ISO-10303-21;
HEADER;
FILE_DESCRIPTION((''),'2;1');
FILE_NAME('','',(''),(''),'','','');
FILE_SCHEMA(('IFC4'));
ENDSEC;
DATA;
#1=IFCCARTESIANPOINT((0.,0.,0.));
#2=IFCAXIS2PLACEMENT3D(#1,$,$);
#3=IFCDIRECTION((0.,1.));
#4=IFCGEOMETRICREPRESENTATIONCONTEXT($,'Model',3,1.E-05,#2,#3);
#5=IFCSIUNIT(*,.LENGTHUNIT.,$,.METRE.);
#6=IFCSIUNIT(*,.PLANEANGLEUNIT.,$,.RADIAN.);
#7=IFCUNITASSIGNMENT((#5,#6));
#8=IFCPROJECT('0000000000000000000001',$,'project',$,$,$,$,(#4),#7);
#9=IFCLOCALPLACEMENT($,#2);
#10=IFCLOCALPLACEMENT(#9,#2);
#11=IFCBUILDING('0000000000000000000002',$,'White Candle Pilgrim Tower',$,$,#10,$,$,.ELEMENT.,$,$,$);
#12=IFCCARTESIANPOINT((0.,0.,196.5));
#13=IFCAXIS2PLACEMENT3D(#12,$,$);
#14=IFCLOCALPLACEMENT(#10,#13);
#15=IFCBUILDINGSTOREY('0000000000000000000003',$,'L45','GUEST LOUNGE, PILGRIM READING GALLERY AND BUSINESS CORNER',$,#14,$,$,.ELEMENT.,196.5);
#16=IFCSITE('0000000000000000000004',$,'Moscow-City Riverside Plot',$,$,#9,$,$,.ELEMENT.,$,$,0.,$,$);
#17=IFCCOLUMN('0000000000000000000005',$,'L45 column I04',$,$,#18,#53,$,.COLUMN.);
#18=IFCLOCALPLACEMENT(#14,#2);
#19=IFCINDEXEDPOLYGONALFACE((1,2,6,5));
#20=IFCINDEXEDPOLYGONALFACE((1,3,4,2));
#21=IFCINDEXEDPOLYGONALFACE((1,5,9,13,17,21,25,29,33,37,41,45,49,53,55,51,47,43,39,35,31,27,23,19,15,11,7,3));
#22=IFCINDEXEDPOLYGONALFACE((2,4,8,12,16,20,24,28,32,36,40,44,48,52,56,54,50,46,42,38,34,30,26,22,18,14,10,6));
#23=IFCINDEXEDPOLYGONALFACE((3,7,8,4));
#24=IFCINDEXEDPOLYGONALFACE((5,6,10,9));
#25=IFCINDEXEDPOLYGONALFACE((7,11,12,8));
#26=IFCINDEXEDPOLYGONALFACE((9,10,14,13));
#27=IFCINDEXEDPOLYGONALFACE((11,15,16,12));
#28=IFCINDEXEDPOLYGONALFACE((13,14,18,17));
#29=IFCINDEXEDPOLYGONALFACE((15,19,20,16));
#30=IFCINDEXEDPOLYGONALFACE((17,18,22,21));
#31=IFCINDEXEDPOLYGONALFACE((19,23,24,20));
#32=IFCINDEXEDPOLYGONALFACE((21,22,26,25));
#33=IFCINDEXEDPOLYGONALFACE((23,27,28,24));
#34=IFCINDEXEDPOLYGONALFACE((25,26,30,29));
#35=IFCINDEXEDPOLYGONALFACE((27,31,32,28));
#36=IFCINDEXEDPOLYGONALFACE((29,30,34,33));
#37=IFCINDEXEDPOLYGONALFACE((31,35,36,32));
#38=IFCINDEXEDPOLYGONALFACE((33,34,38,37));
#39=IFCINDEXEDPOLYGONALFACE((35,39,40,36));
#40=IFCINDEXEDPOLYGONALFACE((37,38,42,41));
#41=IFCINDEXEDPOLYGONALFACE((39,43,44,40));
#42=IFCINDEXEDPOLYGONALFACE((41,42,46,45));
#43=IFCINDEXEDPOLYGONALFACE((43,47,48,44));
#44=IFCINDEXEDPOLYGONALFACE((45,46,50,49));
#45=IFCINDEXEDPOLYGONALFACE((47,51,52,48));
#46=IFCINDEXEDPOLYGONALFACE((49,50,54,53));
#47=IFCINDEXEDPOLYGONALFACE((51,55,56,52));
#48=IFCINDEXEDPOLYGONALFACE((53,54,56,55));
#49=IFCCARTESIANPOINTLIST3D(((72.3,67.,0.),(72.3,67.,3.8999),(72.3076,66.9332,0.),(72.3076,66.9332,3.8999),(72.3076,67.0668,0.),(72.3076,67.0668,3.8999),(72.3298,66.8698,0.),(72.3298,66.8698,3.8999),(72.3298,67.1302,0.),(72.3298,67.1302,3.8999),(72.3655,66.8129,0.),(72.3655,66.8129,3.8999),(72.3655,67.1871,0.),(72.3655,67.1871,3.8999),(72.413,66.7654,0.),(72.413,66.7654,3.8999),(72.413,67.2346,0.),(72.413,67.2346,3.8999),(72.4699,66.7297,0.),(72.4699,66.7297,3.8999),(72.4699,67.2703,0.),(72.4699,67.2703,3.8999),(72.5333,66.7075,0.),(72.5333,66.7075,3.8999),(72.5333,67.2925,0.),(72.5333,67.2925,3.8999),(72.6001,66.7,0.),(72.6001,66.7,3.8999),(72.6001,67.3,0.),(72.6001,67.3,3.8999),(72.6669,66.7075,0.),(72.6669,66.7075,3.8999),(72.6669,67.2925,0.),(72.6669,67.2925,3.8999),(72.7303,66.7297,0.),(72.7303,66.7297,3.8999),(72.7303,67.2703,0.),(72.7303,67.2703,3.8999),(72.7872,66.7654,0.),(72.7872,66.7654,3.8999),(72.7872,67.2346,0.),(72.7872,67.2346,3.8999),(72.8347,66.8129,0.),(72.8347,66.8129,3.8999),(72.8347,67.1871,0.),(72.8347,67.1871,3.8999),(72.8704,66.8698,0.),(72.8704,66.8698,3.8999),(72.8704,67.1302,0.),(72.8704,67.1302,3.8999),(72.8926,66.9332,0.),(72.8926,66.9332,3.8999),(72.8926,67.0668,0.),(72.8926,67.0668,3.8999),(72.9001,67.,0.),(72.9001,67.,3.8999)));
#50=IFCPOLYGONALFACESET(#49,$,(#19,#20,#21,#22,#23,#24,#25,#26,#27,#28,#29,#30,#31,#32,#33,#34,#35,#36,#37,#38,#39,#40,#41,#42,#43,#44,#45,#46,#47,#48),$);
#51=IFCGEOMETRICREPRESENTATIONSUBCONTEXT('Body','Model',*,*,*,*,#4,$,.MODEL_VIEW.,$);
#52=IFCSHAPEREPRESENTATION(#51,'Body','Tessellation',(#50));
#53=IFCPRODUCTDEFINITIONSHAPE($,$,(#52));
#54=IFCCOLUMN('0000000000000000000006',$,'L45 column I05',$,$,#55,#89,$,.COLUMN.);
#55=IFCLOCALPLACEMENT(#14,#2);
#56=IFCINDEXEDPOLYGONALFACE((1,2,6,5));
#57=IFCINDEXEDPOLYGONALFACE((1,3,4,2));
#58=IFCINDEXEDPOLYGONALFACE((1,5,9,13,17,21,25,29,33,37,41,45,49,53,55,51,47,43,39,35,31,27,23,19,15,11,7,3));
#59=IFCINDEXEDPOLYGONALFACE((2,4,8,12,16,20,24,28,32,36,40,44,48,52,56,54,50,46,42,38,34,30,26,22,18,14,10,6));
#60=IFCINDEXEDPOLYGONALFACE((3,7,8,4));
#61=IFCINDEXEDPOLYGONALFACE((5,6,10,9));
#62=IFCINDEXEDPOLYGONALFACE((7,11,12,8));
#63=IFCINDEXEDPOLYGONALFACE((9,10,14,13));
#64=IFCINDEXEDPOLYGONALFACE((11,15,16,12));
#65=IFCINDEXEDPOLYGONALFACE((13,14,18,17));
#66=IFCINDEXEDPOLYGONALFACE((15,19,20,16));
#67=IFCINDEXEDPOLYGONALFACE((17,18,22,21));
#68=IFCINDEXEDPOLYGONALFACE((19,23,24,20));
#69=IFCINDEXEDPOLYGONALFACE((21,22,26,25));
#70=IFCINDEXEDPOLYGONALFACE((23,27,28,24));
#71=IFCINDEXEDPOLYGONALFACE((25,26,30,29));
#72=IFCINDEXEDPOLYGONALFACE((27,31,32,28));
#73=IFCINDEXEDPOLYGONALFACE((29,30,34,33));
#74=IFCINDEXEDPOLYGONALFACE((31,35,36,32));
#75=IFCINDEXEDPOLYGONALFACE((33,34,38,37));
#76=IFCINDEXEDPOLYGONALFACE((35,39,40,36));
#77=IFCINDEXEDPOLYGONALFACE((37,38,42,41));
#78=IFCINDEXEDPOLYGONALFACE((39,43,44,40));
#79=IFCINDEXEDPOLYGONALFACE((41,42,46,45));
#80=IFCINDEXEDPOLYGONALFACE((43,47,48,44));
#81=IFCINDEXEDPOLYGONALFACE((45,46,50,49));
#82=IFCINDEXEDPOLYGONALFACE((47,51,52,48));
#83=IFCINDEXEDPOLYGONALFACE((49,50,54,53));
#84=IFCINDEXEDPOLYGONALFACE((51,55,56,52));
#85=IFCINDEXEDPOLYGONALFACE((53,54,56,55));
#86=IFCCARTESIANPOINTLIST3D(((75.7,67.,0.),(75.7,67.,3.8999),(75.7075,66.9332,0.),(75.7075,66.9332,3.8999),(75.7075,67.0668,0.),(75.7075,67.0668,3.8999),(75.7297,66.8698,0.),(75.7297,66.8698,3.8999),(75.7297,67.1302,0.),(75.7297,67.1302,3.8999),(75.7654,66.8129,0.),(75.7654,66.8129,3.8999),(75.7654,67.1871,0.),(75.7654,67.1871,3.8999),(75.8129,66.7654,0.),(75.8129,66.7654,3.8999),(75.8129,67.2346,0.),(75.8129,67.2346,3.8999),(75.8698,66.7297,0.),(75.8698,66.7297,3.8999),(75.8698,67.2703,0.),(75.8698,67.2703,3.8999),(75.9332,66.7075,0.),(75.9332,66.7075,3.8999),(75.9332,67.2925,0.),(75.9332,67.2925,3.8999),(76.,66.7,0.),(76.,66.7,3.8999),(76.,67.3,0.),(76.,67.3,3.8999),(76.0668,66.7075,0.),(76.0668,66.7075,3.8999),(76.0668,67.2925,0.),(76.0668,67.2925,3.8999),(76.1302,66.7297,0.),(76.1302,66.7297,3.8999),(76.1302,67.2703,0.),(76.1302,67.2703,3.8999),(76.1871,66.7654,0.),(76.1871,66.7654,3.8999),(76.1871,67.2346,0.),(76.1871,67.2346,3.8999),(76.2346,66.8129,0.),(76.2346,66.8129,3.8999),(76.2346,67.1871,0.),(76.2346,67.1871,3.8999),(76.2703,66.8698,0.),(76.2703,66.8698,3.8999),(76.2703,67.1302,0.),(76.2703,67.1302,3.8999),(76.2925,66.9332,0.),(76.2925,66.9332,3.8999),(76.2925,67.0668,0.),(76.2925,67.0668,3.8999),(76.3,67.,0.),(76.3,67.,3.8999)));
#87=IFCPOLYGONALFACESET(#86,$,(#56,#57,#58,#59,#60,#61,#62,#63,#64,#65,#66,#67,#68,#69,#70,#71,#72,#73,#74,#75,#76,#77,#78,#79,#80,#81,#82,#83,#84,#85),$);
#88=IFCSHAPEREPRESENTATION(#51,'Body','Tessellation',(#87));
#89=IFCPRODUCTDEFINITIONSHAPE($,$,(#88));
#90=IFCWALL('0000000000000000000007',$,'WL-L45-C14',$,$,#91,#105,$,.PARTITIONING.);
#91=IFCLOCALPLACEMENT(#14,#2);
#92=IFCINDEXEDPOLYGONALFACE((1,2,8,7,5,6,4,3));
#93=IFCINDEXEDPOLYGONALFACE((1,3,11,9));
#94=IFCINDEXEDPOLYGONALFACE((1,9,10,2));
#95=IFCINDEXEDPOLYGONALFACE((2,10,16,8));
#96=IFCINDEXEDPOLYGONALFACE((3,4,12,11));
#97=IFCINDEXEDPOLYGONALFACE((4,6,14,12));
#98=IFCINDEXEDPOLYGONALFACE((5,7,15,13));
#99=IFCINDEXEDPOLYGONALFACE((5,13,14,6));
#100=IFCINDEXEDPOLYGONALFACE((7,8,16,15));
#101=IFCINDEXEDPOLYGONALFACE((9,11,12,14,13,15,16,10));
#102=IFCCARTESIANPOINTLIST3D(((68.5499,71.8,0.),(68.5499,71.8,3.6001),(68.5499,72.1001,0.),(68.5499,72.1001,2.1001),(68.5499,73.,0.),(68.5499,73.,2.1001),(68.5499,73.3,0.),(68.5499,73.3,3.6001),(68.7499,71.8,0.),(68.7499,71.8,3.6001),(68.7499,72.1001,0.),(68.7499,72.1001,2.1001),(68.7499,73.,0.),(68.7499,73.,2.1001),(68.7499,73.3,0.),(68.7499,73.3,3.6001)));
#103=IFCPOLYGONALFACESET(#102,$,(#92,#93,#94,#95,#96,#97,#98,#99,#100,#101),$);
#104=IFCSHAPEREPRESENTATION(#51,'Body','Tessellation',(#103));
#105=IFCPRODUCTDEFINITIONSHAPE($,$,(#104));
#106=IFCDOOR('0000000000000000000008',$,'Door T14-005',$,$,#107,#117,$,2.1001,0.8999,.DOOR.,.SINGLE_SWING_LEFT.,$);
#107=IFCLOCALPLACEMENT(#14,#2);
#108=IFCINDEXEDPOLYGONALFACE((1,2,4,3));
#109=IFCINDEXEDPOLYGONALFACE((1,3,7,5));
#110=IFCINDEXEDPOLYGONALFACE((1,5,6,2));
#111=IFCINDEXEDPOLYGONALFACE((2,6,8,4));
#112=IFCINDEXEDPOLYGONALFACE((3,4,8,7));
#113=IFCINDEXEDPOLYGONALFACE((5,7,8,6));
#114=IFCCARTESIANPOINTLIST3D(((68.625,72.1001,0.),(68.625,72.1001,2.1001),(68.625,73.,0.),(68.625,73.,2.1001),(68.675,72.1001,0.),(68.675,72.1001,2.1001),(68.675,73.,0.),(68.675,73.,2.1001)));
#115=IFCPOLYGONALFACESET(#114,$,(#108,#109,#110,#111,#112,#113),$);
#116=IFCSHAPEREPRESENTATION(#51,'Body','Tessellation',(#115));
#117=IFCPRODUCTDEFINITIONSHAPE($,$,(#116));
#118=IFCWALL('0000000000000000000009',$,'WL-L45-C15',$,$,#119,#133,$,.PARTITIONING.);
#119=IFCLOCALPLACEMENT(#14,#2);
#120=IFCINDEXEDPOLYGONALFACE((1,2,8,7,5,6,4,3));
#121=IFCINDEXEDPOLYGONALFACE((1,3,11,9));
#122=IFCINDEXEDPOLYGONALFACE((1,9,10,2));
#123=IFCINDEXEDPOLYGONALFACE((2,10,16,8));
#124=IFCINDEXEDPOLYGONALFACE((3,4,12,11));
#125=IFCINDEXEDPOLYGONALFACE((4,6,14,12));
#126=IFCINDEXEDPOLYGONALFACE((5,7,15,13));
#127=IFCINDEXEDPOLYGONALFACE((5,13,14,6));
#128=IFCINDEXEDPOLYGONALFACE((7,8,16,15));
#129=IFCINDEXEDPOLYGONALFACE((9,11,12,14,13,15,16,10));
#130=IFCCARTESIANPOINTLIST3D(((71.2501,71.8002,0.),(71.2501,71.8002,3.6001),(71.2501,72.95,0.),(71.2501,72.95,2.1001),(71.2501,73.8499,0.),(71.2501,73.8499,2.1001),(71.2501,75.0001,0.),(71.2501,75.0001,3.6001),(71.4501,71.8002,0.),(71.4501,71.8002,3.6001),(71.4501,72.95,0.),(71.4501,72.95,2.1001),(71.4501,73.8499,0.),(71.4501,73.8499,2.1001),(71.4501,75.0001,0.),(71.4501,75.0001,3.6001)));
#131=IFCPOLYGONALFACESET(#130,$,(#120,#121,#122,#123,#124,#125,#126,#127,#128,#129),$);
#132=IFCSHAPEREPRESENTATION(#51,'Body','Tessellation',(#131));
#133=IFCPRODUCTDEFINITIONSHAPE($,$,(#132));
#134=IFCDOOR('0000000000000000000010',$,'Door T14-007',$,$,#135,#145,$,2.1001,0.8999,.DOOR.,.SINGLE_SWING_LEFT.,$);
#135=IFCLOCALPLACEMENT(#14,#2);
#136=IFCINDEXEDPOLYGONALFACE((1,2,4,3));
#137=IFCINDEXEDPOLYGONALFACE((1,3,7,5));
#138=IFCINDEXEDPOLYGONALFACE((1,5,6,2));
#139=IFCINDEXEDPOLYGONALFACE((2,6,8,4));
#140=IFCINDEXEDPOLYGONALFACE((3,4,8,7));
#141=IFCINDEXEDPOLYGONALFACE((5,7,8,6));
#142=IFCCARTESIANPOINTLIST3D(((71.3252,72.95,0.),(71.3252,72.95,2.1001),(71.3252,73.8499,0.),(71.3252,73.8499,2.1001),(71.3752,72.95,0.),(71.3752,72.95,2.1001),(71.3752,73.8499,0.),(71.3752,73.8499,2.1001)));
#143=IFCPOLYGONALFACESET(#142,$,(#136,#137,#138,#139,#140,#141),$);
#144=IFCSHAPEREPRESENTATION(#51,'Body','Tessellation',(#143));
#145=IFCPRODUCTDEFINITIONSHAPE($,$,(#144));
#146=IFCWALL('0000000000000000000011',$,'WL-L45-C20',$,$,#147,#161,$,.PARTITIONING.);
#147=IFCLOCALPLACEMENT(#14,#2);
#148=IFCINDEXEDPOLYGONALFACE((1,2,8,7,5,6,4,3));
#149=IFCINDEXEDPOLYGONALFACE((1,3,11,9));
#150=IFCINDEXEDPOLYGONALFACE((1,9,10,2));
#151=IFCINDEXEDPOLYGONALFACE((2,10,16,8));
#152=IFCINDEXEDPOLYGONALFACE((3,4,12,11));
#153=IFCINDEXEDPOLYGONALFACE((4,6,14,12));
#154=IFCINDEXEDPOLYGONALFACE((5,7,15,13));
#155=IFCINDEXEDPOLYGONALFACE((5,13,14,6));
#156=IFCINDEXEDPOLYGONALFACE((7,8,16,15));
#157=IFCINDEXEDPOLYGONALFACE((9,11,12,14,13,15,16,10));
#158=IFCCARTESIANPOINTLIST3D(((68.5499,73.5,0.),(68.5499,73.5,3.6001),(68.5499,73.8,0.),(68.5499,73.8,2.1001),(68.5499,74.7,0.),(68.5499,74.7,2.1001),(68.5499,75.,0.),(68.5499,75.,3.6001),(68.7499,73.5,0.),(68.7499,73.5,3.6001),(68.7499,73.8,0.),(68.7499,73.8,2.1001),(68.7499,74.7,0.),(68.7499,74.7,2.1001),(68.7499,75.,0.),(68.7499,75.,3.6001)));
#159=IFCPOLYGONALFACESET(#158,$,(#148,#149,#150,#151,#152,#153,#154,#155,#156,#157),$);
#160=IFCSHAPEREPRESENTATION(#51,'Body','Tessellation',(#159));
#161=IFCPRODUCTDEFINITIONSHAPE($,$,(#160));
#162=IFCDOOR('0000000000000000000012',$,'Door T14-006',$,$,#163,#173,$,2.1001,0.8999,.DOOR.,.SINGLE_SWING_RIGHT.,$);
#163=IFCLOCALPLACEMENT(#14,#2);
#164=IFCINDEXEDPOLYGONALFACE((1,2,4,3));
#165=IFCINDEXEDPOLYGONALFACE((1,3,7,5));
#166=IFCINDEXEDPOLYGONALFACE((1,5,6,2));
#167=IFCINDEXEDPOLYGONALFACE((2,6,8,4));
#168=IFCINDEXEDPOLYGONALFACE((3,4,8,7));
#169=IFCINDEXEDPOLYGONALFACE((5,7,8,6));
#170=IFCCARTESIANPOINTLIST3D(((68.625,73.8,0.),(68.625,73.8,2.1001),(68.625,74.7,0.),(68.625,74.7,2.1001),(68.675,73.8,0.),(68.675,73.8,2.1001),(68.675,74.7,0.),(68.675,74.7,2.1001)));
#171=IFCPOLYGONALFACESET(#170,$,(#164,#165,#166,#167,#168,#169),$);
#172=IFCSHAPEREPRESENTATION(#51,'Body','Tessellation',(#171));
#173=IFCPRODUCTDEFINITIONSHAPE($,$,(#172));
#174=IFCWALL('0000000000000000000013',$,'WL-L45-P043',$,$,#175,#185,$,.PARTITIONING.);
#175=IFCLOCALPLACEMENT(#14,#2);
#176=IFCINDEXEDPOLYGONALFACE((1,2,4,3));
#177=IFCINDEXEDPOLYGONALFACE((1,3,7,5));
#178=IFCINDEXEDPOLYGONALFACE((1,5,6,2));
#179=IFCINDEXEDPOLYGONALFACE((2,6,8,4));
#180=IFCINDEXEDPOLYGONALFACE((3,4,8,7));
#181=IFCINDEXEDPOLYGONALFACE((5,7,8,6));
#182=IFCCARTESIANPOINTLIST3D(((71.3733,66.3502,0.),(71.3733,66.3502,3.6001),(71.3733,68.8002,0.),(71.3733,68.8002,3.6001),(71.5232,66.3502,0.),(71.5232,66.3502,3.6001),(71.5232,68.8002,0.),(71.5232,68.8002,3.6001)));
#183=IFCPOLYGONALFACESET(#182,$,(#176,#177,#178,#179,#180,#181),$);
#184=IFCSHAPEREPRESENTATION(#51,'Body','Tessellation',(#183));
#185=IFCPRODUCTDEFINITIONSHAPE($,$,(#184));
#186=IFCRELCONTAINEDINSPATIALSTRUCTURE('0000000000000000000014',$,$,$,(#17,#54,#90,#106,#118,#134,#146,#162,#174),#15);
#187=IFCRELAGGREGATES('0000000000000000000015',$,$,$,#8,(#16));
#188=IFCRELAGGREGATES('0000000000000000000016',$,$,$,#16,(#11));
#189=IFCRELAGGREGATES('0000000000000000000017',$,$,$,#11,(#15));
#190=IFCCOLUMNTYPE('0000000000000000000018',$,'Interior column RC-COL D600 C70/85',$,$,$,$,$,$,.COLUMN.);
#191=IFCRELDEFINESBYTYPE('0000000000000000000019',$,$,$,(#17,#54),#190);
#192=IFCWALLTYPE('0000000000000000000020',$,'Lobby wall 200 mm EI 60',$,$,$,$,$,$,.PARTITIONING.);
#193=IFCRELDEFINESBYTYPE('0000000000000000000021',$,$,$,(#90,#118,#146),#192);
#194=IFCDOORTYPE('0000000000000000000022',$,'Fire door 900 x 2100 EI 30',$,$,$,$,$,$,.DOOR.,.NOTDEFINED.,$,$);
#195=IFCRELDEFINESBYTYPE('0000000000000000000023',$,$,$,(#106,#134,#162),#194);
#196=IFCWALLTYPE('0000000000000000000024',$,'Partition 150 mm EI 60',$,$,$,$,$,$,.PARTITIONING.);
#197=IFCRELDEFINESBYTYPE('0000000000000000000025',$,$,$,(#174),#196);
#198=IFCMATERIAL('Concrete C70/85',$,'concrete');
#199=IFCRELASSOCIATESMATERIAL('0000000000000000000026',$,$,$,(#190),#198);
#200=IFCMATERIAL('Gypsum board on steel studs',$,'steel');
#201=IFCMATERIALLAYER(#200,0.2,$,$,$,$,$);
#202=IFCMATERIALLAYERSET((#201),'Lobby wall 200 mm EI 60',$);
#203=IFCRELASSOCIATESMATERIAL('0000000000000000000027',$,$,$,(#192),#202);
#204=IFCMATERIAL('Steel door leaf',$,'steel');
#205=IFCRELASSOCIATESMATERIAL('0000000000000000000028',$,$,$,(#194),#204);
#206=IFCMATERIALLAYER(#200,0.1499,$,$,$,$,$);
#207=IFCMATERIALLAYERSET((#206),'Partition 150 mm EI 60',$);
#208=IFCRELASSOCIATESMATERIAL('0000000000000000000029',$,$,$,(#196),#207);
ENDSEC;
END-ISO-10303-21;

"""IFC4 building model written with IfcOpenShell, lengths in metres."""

from ifc_helpers import new_model, si_unit, direction, frame, frame_2d, origin, origin_2d, place, context, subcontext, project, spatial, rectangle, circle, extrude, material, layer, layer_set, material_profile, profile_set, type_object, element, fill, save


model = new_model("IFC4")

# Units and contexts
model_context = context("Model", 3, precision=1e-05, world=origin(), true_north=direction((0.0, 1.0)))
body_context = subcontext(model_context, "Body", "Model", "MODEL_VIEW")
ifc_project = project(units=[si_unit("LENGTHUNIT", "METRE"), si_unit("PLANEANGLEUNIT", "RADIAN")], contexts=[model_context])

# Site, building, storey
site_placement = place(None, origin())
site = spatial("IfcSite", under=ifc_project, at=site_placement, Name="Moscow-City Riverside Plot", CompositionType="ELEMENT", RefElevation=0.0)
building_placement = place(site_placement, origin())
building = spatial("IfcBuilding", under=site, at=building_placement, Name="White Candle Pilgrim Tower", CompositionType="ELEMENT")
storey_placement = place(building_placement, frame((0.0, 0.0, 196.5)))
storey = spatial("IfcBuildingStorey", under=building, at=storey_placement, Name="L45", Description="GUEST LOUNGE, PILGRIM READING GALLERY AND BUSINESS CORNER", CompositionType="ELEMENT", Elevation=196.5)

# Columns
ifc_material_1 = material(Name="Concrete C70/85", Category="concrete")
ifc_material_profile = material_profile(ifc_material_1, circle(Radius=0.3, at=origin_2d()), Name="RC-COL D600")
ifc_profile_set = profile_set([ifc_material_profile], Name="Concrete C70/85")
column_type = type_object("IfcColumnType", Name="Interior column RC-COL D600 C70/85", PredefinedType="COLUMN", material=ifc_profile_set)
for number, where, z_axis, x_axis, name in (
    (1, (72.6001, 67.0, 0.0), (0.0, 0.0, 1.0), (1.0, 0.0, 0.0), "L45 column I04"),
    (2, (76.0, 67.0, 0.0), (0.0, 0.0, 1.0), (1.0, 0.0, 0.0), "L45 column I05"),
):
    element("IfcColumn", number, at=place(storey_placement, frame(where, z_axis=z_axis, x_axis=x_axis)), inside=storey, type_object=column_type, Name=name, PredefinedType="COLUMN", context=body_context, shape_type="SweptSolid", body=[
        extrude(circle(Radius=0.3, at=origin_2d()), origin(), (0.0, 0.0, 1.0), 3.8999),
    ])

# Walls, openings, doors
ifc_material_2 = material(Name="Gypsum board on steel studs", Category="steel")
ifc_layer_1 = layer(ifc_material_2, 0.2)
ifc_layer_set_1 = layer_set([ifc_layer_1], Name="Lobby wall 200 mm EI 60")
wall_type_1 = type_object("IfcWallType", Name="Lobby wall 200 mm EI 60", PredefinedType="PARTITIONING", material=ifc_layer_set_1)
wall_1_placement = place(storey_placement, frame((68.6499, 71.8, 0.0), z_axis=(0.0, 0.0, 1.0), x_axis=(0.0, 1.0, 0.0)))
wall_1 = element("IfcWall", 3, at=wall_1_placement, inside=storey, type_object=wall_type_1, Name="WL-L45-C14", PredefinedType="PARTITIONING", context=body_context, shape_type="SweptSolid", body=[
    extrude(rectangle(XDim=1.5, YDim=0.2, at=frame_2d((0.75, 0.0))), origin(), (0.0, 0.0, 1.0), 3.6001),
])
opening_1_placement = place(wall_1_placement, frame((0.3, 0.0, 0.0)))
opening_1 = element("IfcOpeningElement", 4, at=opening_1_placement, cuts=wall_1, PredefinedType="OPENING", context=body_context, shape_type="SweptSolid", body=[
    extrude(rectangle(XDim=0.8999, YDim=2.1001, at=frame_2d((0.45, 1.05))), frame((0.0, 0.1099, 0.0), z_axis=(0.0, -1.0, 0.0), x_axis=(1.0, 0.0, 0.0)), (0.0, 0.0, 1.0), 0.22),
])
ifc_material_3 = material(Name="Steel door leaf", Category="steel")
door_type_1 = type_object("IfcDoorType", Name="Fire door 900 x 2100 EI 30", OperationType="NOTDEFINED", PredefinedType="DOOR", material=ifc_material_3)
door_1_placement = place(opening_1_placement, origin())
door_1 = element("IfcDoor", 5, at=door_1_placement, inside=storey, type_object=door_type_1, Name="Door T14-005", OperationType="SINGLE_SWING_LEFT", OverallHeight=2.1001, OverallWidth=0.8999, PredefinedType="DOOR", context=body_context, shape_type="SweptSolid", body=[
    extrude(rectangle(XDim=0.8999, YDim=2.1001, at=frame_2d((0.45, 1.05))), frame((0.0, 0.0249, 0.0), z_axis=(0.0, -1.0, 0.0), x_axis=(1.0, 0.0, 0.0)), (0.0, 0.0, 1.0), 0.05),
])
fill(opening_1, door_1)
wall_2_placement = place(storey_placement, frame((71.3501, 71.8, 0.0), z_axis=(0.0, 0.0, 1.0), x_axis=(0.0, 1.0, 0.0)))
wall_2 = element("IfcWall", 6, at=wall_2_placement, inside=storey, type_object=wall_type_1, Name="WL-L45-C15", PredefinedType="PARTITIONING", context=body_context, shape_type="SweptSolid", body=[
    extrude(rectangle(XDim=3.2, YDim=0.2, at=frame_2d((1.6001, 0.0))), origin(), (0.0, 0.0, 1.0), 3.6001),
])
opening_2_placement = place(wall_2_placement, frame((1.1499, 0.0, 0.0)))
opening_2 = element("IfcOpeningElement", 7, at=opening_2_placement, cuts=wall_2, PredefinedType="OPENING", context=body_context, shape_type="SweptSolid", body=[
    extrude(rectangle(XDim=0.8999, YDim=2.1001, at=frame_2d((0.45, 1.05))), frame((0.0, 0.1099, 0.0), z_axis=(0.0, -1.0, 0.0), x_axis=(1.0, 0.0, 0.0)), (0.0, 0.0, 1.0), 0.22),
])
door_2_placement = place(opening_2_placement, origin())
door_2 = element("IfcDoor", 8, at=door_2_placement, inside=storey, type_object=door_type_1, Name="Door T14-007", OperationType="SINGLE_SWING_LEFT", OverallHeight=2.1001, OverallWidth=0.8999, PredefinedType="DOOR", context=body_context, shape_type="SweptSolid", body=[
    extrude(rectangle(XDim=0.8999, YDim=2.1001, at=frame_2d((0.45, 1.05))), frame((0.0, 0.0249, 0.0), z_axis=(0.0, -1.0, 0.0), x_axis=(1.0, 0.0, 0.0)), (0.0, 0.0, 1.0), 0.05),
])
fill(opening_2, door_2)
wall_3_placement = place(storey_placement, frame((68.6499, 73.5, 0.0), z_axis=(0.0, 0.0, 1.0), x_axis=(0.0, 1.0, 0.0)))
wall_3 = element("IfcWall", 9, at=wall_3_placement, inside=storey, type_object=wall_type_1, Name="WL-L45-C20", PredefinedType="PARTITIONING", context=body_context, shape_type="SweptSolid", body=[
    extrude(rectangle(XDim=1.5, YDim=0.2, at=frame_2d((0.75, 0.0))), origin(), (0.0, 0.0, 1.0), 3.6001),
])
opening_3_placement = place(wall_3_placement, frame((0.3, 0.0, 0.0)))
opening_3 = element("IfcOpeningElement", 10, at=opening_3_placement, cuts=wall_3, PredefinedType="OPENING", context=body_context, shape_type="SweptSolid", body=[
    extrude(rectangle(XDim=0.8999, YDim=2.1001, at=frame_2d((0.45, 1.05))), frame((0.0, 0.1099, 0.0), z_axis=(0.0, -1.0, 0.0), x_axis=(1.0, 0.0, 0.0)), (0.0, 0.0, 1.0), 0.22),
])
door_3_placement = place(opening_3_placement, origin())
door_3 = element("IfcDoor", 11, at=door_3_placement, inside=storey, type_object=door_type_1, Name="Door T14-006", OperationType="SINGLE_SWING_RIGHT", OverallHeight=2.1001, OverallWidth=0.8999, PredefinedType="DOOR", context=body_context, shape_type="SweptSolid", body=[
    extrude(rectangle(XDim=0.8999, YDim=2.1001, at=frame_2d((0.45, 1.05))), frame((0.0, 0.0249, 0.0), z_axis=(0.0, -1.0, 0.0), x_axis=(1.0, 0.0, 0.0)), (0.0, 0.0, 1.0), 0.05),
])
fill(opening_3, door_3)

# Wall
ifc_layer_2 = layer(ifc_material_2, 0.1499)
ifc_layer_set_2 = layer_set([ifc_layer_2], Name="Partition 150 mm EI 60")
wall_type_2 = type_object("IfcWallType", Name="Partition 150 mm EI 60", PredefinedType="PARTITIONING", material=ifc_layer_set_2)
wall_4_placement = place(storey_placement, frame((71.4482, 66.3501, 0.0), z_axis=(0.0, 0.0, 1.0), x_axis=(0.0, 1.0, 0.0)))
element("IfcWall", 12, at=wall_4_placement, inside=storey, type_object=wall_type_2, Name="WL-L45-P043", PredefinedType="PARTITIONING", context=body_context, shape_type="SweptSolid", body=[
    extrude(rectangle(XDim=2.45, YDim=0.1499, at=frame_2d((1.2251, 0.0))), origin(), (0.0, 0.0, 1.0), 3.6001),
])

save(model, "model.ifc")
